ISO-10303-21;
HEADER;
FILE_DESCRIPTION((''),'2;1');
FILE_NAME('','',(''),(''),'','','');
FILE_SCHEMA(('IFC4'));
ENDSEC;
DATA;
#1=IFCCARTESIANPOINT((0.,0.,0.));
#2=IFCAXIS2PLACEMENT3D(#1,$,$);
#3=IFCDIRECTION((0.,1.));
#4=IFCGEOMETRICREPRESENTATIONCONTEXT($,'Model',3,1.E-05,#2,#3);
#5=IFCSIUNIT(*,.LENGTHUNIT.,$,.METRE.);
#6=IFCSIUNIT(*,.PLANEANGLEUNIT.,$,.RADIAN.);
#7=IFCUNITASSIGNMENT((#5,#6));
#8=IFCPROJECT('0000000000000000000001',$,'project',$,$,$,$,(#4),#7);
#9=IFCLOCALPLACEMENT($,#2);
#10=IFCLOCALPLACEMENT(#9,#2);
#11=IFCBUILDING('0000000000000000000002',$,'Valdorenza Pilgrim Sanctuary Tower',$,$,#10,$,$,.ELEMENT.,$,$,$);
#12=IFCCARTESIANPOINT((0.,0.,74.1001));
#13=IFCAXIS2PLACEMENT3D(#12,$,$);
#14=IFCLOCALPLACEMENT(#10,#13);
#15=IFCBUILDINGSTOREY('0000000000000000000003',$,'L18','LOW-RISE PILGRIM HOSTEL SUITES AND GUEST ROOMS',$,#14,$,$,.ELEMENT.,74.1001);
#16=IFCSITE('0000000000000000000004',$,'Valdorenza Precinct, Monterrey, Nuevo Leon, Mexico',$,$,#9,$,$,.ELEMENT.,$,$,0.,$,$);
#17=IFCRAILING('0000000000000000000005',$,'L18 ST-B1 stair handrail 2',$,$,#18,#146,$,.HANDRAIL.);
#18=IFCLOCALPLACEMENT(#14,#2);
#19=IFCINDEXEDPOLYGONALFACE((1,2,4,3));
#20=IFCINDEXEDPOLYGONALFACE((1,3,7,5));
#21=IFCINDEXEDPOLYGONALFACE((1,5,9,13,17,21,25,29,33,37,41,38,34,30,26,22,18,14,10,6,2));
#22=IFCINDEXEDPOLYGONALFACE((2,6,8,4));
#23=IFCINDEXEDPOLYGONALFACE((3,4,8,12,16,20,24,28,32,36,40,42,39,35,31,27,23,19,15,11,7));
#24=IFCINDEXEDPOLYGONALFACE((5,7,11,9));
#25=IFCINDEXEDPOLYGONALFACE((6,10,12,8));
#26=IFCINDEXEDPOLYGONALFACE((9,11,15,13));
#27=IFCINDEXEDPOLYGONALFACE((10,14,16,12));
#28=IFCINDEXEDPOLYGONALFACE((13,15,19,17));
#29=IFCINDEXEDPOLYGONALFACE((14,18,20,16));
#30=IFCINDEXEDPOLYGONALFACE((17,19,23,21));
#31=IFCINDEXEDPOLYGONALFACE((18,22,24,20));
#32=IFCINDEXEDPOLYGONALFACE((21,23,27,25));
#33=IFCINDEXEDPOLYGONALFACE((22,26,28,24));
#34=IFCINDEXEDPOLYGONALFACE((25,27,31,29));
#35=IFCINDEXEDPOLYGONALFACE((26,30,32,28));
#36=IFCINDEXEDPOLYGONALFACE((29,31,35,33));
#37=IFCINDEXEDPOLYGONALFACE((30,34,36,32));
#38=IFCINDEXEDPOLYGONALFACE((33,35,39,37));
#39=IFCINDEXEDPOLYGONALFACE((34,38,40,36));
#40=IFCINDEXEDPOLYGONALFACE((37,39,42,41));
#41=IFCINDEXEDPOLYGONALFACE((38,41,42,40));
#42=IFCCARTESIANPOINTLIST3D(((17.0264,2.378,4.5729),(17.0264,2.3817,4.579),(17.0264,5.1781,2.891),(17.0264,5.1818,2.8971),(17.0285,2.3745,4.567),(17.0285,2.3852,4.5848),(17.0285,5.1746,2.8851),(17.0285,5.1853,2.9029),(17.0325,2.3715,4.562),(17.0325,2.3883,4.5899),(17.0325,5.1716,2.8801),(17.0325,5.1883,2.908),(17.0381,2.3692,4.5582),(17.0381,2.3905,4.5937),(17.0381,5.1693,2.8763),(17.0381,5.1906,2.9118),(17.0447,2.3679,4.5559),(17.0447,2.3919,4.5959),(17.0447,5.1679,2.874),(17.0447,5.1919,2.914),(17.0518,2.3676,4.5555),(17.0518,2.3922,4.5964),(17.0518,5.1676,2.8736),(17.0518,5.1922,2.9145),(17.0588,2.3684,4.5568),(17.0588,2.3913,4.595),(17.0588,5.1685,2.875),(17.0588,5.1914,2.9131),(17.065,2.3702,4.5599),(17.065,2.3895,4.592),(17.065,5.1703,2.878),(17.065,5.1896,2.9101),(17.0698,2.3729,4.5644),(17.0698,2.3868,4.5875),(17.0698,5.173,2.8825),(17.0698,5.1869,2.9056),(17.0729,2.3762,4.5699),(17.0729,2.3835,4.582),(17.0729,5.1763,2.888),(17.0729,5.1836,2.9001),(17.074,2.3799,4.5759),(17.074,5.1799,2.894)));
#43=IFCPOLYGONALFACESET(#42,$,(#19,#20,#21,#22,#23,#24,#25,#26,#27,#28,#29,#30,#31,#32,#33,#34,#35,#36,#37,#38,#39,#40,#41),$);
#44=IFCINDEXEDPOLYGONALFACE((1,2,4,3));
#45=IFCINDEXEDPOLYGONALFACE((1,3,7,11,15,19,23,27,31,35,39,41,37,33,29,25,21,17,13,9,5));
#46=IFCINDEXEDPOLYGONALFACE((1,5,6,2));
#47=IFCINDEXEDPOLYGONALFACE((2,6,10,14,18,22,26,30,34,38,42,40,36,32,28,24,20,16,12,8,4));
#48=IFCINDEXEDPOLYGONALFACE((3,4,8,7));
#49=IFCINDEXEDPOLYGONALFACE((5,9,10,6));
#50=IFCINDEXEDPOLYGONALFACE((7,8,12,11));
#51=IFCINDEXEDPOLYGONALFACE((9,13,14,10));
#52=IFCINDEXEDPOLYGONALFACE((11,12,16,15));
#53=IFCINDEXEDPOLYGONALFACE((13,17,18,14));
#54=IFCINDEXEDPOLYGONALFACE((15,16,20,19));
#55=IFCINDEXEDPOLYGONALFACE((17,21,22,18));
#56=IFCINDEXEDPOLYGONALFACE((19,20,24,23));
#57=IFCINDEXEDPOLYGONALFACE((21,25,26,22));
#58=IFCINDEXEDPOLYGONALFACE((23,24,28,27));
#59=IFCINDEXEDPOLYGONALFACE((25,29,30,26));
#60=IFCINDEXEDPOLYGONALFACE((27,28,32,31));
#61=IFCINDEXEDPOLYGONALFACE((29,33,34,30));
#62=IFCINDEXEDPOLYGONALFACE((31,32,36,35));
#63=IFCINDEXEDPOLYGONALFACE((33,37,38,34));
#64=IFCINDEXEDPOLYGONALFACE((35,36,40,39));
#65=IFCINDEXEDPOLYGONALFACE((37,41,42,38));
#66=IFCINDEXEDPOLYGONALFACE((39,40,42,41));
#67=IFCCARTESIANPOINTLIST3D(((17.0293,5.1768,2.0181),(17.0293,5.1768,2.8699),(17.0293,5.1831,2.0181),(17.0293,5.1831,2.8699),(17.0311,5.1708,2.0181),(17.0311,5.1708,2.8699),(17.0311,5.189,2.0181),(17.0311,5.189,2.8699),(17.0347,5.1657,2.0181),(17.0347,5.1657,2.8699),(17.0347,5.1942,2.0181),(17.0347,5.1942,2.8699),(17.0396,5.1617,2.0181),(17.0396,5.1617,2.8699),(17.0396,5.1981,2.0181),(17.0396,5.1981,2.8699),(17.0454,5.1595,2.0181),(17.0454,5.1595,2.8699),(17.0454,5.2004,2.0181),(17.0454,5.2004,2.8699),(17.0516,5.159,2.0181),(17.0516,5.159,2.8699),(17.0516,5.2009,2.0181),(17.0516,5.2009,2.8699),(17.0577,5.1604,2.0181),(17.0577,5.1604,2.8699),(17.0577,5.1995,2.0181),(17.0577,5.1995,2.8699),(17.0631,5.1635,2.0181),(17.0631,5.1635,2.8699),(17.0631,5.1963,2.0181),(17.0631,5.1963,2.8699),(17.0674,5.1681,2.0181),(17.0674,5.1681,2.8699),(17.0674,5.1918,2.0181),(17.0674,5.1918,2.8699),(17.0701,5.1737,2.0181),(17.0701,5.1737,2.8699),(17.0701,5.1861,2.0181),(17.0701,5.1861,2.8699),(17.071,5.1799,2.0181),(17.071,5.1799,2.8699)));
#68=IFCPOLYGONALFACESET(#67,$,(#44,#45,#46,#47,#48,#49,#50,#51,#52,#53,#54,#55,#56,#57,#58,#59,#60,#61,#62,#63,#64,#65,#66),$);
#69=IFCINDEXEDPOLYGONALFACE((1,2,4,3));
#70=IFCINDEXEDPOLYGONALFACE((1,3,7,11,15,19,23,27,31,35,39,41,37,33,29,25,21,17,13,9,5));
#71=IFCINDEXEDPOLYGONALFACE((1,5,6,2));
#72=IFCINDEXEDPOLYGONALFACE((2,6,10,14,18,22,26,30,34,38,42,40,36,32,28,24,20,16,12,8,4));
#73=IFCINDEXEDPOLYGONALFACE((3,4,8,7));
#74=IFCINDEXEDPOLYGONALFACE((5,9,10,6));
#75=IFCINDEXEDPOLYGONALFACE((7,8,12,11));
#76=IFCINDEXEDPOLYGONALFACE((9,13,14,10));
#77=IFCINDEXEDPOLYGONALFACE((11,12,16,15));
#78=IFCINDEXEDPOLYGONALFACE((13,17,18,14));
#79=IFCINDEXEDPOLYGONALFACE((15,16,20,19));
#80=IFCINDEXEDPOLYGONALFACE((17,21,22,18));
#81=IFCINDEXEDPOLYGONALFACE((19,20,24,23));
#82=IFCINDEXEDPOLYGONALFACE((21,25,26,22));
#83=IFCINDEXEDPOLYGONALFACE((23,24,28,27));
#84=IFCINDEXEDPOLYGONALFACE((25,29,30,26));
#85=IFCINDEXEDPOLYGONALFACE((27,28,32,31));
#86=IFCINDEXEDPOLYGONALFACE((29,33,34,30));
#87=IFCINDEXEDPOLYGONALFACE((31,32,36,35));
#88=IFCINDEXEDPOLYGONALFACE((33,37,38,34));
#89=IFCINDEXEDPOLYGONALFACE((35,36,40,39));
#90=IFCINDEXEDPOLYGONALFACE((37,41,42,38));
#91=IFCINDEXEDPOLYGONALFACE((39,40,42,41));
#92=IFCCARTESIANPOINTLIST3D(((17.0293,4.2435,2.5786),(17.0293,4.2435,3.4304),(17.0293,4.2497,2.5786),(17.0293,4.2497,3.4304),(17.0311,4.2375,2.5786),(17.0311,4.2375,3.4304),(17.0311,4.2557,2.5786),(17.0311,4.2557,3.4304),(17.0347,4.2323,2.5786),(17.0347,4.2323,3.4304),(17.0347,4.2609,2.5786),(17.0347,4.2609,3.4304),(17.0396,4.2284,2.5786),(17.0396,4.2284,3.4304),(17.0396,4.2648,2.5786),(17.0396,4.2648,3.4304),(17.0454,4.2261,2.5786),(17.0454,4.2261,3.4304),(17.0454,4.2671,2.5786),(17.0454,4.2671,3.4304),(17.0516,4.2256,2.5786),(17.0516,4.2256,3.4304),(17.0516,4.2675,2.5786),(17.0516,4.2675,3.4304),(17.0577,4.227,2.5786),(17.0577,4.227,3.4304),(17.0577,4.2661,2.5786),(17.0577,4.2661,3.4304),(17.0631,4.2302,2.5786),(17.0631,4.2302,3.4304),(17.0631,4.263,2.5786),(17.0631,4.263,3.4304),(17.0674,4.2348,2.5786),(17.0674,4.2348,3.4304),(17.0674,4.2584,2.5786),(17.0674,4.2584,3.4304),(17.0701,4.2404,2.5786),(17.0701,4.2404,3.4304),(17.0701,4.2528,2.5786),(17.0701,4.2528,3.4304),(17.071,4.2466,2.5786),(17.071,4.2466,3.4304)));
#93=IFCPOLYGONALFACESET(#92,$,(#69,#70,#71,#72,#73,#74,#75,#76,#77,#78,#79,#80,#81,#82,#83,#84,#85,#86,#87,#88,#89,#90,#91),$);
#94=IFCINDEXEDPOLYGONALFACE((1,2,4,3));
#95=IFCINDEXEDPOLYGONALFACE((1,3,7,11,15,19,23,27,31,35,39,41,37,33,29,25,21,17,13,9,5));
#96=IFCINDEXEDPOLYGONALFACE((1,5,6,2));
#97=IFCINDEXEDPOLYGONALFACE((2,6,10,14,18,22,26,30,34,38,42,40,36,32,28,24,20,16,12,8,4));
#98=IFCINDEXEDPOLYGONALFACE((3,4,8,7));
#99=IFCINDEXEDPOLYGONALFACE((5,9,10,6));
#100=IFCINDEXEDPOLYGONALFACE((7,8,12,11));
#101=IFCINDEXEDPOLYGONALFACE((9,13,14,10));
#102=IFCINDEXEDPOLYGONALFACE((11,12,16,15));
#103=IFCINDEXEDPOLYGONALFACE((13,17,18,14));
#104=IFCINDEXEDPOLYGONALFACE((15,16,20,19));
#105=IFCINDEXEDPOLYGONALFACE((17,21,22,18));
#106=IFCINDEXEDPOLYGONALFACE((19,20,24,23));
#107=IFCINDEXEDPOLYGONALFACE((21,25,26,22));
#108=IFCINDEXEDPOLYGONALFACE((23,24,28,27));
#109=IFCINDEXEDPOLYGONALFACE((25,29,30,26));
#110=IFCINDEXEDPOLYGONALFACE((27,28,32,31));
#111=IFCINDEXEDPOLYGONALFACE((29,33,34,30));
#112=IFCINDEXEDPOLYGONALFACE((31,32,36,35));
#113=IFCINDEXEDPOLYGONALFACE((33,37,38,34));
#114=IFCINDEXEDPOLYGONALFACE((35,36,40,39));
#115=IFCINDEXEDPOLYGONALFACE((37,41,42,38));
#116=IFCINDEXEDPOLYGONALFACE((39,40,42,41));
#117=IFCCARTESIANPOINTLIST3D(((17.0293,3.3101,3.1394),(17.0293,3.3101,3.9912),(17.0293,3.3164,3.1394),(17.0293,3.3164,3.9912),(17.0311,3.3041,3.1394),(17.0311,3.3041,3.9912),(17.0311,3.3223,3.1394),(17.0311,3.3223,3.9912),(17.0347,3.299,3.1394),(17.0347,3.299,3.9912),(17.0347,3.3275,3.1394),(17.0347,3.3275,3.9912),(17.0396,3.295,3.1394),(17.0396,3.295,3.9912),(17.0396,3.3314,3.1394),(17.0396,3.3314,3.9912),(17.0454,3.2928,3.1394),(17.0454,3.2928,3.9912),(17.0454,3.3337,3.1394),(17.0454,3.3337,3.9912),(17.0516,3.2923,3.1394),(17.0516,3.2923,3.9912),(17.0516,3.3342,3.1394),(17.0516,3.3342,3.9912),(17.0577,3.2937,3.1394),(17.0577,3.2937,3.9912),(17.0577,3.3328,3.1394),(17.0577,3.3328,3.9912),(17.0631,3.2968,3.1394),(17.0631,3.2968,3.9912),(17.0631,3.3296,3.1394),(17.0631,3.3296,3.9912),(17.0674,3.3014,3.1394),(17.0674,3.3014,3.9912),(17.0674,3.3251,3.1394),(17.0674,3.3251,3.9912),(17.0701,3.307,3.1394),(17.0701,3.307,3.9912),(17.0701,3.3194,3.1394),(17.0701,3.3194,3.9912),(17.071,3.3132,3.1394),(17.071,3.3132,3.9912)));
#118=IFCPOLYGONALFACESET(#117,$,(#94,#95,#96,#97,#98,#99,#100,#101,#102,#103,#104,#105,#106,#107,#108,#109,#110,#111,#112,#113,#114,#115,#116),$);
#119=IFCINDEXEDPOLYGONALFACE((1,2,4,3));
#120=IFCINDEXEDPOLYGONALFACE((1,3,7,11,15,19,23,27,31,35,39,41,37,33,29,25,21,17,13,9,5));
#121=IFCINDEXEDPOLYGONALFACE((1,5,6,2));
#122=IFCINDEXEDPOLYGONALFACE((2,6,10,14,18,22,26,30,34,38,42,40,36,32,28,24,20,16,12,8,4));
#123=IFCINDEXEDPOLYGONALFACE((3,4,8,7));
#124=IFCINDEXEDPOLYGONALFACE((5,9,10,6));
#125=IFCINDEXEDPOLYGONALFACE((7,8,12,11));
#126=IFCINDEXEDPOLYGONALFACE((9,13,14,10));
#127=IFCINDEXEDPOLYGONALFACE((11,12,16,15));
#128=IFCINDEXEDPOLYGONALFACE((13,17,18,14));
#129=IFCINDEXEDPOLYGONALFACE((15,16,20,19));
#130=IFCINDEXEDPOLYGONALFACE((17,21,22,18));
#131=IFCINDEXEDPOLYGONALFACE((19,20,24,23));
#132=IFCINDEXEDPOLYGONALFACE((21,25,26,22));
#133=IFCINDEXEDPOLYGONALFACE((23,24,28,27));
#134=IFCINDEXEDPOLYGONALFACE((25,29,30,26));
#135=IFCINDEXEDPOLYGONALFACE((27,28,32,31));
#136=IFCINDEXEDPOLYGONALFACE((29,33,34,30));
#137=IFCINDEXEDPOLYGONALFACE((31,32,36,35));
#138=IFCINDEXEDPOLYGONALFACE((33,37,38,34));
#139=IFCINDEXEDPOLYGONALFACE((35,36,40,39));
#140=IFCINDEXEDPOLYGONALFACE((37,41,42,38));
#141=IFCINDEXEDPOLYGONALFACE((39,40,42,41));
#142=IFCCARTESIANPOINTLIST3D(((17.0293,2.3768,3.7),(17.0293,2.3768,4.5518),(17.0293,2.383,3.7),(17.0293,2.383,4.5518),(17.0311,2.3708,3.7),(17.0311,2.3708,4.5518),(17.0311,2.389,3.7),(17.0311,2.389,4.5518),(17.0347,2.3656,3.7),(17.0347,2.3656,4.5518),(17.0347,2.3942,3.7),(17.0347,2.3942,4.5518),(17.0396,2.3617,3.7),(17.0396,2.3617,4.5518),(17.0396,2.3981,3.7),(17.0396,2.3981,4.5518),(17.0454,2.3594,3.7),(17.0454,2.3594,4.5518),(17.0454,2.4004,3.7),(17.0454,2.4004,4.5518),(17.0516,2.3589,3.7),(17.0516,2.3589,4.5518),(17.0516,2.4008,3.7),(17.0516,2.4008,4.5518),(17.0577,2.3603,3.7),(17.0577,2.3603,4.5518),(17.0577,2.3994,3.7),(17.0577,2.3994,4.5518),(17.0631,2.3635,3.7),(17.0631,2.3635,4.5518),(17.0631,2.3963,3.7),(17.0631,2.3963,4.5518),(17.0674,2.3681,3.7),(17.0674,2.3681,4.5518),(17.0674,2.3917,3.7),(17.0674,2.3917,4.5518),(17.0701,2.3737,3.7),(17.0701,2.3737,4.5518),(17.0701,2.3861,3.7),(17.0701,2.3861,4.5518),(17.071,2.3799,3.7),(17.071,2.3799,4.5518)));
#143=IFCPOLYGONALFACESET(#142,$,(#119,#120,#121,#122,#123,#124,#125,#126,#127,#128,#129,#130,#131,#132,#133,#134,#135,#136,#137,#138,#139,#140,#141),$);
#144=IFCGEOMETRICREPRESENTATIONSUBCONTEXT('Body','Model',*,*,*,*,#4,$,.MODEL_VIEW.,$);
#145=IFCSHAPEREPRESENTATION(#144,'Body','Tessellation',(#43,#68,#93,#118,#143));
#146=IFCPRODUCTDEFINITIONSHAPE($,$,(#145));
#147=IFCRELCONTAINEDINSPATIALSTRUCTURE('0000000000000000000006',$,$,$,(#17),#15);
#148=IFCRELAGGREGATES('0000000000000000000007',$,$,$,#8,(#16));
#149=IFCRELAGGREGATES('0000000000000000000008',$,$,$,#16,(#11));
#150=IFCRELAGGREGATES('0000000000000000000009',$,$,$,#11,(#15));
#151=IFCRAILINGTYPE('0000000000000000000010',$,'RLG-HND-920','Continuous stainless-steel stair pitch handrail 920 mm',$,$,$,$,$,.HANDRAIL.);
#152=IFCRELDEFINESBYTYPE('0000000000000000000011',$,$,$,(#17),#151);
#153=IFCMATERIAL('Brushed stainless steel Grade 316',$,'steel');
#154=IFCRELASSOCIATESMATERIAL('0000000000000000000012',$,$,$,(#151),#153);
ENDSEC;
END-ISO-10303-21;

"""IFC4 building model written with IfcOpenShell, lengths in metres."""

from ifc_helpers import new_model, si_unit, direction, frame, origin, origin_2d, place, context, subcontext, project, spatial, circle, extrude, material, type_object, element, save


model = new_model("IFC4")

# Units and contexts
model_context = context("Model", 3, precision=1e-05, world=origin(), true_north=direction((0.0, 1.0)))
body_context = subcontext(model_context, "Body", "Model", "MODEL_VIEW")
ifc_project = project(units=[si_unit("LENGTHUNIT", "METRE"), si_unit("PLANEANGLEUNIT", "RADIAN")], contexts=[model_context])

# Site, building, storey
site_placement = place(None, origin())
site = spatial("IfcSite", under=ifc_project, at=site_placement, Name="Valdorenza Precinct, Monterrey, Nuevo Leon, Mexico", CompositionType="ELEMENT", RefElevation=0.0)
building_placement = place(site_placement, origin())
building = spatial("IfcBuilding", under=site, at=building_placement, Name="Valdorenza Pilgrim Sanctuary Tower", CompositionType="ELEMENT")
storey_placement = place(building_placement, frame((0.0, 0.0, 74.1001)))
storey = spatial("IfcBuildingStorey", under=building, at=storey_placement, Name="L18", Description="LOW-RISE PILGRIM HOSTEL SUITES AND GUEST ROOMS", CompositionType="ELEMENT", Elevation=74.1001)

# Railing
ifc_material_1 = material(Name="Brushed stainless steel Grade 316", Category="steel")
railing_type = type_object("IfcRailingType", Name="RLG-HND-920", Description="Continuous stainless-steel stair pitch handrail 920 mm", PredefinedType="HANDRAIL", material=ifc_material_1)
railing_placement = place(storey_placement, frame((17.05, 5.1799, 2.0181)))
element("IfcRailing", 1, at=railing_placement, inside=storey, type_object=railing_type, Name="L18 ST-B1 stair handrail 2", PredefinedType="HANDRAIL", context=body_context, shape_type="SweptSolid", body=[
    extrude(circle(Radius=0.0239, at=origin_2d()), frame((0.0, 0.0, 0.876), z_axis=(0.0, -0.857242, 0.514913), x_axis=(1.0, 0.0, 0.0)), (0.0, 0.0, 1.0), 3.2664),
    extrude(circle(Radius=0.021, at=origin_2d()), origin(), (0.0, 0.0, 1.0), 0.8518),
    extrude(circle(Radius=0.021, at=origin_2d()), frame((0.0, -0.9333, 0.5605)), (0.0, 0.0, 1.0), 0.8518),
    extrude(circle(Radius=0.021, at=origin_2d()), frame((0.0, -1.8667, 1.1213)), (0.0, 0.0, 1.0), 0.8518),
    extrude(circle(Radius=0.021, at=origin_2d()), frame((0.0, -2.8, 1.6819)), (0.0, 0.0, 1.0), 0.8518),
])

save(model, "model.ifc")
